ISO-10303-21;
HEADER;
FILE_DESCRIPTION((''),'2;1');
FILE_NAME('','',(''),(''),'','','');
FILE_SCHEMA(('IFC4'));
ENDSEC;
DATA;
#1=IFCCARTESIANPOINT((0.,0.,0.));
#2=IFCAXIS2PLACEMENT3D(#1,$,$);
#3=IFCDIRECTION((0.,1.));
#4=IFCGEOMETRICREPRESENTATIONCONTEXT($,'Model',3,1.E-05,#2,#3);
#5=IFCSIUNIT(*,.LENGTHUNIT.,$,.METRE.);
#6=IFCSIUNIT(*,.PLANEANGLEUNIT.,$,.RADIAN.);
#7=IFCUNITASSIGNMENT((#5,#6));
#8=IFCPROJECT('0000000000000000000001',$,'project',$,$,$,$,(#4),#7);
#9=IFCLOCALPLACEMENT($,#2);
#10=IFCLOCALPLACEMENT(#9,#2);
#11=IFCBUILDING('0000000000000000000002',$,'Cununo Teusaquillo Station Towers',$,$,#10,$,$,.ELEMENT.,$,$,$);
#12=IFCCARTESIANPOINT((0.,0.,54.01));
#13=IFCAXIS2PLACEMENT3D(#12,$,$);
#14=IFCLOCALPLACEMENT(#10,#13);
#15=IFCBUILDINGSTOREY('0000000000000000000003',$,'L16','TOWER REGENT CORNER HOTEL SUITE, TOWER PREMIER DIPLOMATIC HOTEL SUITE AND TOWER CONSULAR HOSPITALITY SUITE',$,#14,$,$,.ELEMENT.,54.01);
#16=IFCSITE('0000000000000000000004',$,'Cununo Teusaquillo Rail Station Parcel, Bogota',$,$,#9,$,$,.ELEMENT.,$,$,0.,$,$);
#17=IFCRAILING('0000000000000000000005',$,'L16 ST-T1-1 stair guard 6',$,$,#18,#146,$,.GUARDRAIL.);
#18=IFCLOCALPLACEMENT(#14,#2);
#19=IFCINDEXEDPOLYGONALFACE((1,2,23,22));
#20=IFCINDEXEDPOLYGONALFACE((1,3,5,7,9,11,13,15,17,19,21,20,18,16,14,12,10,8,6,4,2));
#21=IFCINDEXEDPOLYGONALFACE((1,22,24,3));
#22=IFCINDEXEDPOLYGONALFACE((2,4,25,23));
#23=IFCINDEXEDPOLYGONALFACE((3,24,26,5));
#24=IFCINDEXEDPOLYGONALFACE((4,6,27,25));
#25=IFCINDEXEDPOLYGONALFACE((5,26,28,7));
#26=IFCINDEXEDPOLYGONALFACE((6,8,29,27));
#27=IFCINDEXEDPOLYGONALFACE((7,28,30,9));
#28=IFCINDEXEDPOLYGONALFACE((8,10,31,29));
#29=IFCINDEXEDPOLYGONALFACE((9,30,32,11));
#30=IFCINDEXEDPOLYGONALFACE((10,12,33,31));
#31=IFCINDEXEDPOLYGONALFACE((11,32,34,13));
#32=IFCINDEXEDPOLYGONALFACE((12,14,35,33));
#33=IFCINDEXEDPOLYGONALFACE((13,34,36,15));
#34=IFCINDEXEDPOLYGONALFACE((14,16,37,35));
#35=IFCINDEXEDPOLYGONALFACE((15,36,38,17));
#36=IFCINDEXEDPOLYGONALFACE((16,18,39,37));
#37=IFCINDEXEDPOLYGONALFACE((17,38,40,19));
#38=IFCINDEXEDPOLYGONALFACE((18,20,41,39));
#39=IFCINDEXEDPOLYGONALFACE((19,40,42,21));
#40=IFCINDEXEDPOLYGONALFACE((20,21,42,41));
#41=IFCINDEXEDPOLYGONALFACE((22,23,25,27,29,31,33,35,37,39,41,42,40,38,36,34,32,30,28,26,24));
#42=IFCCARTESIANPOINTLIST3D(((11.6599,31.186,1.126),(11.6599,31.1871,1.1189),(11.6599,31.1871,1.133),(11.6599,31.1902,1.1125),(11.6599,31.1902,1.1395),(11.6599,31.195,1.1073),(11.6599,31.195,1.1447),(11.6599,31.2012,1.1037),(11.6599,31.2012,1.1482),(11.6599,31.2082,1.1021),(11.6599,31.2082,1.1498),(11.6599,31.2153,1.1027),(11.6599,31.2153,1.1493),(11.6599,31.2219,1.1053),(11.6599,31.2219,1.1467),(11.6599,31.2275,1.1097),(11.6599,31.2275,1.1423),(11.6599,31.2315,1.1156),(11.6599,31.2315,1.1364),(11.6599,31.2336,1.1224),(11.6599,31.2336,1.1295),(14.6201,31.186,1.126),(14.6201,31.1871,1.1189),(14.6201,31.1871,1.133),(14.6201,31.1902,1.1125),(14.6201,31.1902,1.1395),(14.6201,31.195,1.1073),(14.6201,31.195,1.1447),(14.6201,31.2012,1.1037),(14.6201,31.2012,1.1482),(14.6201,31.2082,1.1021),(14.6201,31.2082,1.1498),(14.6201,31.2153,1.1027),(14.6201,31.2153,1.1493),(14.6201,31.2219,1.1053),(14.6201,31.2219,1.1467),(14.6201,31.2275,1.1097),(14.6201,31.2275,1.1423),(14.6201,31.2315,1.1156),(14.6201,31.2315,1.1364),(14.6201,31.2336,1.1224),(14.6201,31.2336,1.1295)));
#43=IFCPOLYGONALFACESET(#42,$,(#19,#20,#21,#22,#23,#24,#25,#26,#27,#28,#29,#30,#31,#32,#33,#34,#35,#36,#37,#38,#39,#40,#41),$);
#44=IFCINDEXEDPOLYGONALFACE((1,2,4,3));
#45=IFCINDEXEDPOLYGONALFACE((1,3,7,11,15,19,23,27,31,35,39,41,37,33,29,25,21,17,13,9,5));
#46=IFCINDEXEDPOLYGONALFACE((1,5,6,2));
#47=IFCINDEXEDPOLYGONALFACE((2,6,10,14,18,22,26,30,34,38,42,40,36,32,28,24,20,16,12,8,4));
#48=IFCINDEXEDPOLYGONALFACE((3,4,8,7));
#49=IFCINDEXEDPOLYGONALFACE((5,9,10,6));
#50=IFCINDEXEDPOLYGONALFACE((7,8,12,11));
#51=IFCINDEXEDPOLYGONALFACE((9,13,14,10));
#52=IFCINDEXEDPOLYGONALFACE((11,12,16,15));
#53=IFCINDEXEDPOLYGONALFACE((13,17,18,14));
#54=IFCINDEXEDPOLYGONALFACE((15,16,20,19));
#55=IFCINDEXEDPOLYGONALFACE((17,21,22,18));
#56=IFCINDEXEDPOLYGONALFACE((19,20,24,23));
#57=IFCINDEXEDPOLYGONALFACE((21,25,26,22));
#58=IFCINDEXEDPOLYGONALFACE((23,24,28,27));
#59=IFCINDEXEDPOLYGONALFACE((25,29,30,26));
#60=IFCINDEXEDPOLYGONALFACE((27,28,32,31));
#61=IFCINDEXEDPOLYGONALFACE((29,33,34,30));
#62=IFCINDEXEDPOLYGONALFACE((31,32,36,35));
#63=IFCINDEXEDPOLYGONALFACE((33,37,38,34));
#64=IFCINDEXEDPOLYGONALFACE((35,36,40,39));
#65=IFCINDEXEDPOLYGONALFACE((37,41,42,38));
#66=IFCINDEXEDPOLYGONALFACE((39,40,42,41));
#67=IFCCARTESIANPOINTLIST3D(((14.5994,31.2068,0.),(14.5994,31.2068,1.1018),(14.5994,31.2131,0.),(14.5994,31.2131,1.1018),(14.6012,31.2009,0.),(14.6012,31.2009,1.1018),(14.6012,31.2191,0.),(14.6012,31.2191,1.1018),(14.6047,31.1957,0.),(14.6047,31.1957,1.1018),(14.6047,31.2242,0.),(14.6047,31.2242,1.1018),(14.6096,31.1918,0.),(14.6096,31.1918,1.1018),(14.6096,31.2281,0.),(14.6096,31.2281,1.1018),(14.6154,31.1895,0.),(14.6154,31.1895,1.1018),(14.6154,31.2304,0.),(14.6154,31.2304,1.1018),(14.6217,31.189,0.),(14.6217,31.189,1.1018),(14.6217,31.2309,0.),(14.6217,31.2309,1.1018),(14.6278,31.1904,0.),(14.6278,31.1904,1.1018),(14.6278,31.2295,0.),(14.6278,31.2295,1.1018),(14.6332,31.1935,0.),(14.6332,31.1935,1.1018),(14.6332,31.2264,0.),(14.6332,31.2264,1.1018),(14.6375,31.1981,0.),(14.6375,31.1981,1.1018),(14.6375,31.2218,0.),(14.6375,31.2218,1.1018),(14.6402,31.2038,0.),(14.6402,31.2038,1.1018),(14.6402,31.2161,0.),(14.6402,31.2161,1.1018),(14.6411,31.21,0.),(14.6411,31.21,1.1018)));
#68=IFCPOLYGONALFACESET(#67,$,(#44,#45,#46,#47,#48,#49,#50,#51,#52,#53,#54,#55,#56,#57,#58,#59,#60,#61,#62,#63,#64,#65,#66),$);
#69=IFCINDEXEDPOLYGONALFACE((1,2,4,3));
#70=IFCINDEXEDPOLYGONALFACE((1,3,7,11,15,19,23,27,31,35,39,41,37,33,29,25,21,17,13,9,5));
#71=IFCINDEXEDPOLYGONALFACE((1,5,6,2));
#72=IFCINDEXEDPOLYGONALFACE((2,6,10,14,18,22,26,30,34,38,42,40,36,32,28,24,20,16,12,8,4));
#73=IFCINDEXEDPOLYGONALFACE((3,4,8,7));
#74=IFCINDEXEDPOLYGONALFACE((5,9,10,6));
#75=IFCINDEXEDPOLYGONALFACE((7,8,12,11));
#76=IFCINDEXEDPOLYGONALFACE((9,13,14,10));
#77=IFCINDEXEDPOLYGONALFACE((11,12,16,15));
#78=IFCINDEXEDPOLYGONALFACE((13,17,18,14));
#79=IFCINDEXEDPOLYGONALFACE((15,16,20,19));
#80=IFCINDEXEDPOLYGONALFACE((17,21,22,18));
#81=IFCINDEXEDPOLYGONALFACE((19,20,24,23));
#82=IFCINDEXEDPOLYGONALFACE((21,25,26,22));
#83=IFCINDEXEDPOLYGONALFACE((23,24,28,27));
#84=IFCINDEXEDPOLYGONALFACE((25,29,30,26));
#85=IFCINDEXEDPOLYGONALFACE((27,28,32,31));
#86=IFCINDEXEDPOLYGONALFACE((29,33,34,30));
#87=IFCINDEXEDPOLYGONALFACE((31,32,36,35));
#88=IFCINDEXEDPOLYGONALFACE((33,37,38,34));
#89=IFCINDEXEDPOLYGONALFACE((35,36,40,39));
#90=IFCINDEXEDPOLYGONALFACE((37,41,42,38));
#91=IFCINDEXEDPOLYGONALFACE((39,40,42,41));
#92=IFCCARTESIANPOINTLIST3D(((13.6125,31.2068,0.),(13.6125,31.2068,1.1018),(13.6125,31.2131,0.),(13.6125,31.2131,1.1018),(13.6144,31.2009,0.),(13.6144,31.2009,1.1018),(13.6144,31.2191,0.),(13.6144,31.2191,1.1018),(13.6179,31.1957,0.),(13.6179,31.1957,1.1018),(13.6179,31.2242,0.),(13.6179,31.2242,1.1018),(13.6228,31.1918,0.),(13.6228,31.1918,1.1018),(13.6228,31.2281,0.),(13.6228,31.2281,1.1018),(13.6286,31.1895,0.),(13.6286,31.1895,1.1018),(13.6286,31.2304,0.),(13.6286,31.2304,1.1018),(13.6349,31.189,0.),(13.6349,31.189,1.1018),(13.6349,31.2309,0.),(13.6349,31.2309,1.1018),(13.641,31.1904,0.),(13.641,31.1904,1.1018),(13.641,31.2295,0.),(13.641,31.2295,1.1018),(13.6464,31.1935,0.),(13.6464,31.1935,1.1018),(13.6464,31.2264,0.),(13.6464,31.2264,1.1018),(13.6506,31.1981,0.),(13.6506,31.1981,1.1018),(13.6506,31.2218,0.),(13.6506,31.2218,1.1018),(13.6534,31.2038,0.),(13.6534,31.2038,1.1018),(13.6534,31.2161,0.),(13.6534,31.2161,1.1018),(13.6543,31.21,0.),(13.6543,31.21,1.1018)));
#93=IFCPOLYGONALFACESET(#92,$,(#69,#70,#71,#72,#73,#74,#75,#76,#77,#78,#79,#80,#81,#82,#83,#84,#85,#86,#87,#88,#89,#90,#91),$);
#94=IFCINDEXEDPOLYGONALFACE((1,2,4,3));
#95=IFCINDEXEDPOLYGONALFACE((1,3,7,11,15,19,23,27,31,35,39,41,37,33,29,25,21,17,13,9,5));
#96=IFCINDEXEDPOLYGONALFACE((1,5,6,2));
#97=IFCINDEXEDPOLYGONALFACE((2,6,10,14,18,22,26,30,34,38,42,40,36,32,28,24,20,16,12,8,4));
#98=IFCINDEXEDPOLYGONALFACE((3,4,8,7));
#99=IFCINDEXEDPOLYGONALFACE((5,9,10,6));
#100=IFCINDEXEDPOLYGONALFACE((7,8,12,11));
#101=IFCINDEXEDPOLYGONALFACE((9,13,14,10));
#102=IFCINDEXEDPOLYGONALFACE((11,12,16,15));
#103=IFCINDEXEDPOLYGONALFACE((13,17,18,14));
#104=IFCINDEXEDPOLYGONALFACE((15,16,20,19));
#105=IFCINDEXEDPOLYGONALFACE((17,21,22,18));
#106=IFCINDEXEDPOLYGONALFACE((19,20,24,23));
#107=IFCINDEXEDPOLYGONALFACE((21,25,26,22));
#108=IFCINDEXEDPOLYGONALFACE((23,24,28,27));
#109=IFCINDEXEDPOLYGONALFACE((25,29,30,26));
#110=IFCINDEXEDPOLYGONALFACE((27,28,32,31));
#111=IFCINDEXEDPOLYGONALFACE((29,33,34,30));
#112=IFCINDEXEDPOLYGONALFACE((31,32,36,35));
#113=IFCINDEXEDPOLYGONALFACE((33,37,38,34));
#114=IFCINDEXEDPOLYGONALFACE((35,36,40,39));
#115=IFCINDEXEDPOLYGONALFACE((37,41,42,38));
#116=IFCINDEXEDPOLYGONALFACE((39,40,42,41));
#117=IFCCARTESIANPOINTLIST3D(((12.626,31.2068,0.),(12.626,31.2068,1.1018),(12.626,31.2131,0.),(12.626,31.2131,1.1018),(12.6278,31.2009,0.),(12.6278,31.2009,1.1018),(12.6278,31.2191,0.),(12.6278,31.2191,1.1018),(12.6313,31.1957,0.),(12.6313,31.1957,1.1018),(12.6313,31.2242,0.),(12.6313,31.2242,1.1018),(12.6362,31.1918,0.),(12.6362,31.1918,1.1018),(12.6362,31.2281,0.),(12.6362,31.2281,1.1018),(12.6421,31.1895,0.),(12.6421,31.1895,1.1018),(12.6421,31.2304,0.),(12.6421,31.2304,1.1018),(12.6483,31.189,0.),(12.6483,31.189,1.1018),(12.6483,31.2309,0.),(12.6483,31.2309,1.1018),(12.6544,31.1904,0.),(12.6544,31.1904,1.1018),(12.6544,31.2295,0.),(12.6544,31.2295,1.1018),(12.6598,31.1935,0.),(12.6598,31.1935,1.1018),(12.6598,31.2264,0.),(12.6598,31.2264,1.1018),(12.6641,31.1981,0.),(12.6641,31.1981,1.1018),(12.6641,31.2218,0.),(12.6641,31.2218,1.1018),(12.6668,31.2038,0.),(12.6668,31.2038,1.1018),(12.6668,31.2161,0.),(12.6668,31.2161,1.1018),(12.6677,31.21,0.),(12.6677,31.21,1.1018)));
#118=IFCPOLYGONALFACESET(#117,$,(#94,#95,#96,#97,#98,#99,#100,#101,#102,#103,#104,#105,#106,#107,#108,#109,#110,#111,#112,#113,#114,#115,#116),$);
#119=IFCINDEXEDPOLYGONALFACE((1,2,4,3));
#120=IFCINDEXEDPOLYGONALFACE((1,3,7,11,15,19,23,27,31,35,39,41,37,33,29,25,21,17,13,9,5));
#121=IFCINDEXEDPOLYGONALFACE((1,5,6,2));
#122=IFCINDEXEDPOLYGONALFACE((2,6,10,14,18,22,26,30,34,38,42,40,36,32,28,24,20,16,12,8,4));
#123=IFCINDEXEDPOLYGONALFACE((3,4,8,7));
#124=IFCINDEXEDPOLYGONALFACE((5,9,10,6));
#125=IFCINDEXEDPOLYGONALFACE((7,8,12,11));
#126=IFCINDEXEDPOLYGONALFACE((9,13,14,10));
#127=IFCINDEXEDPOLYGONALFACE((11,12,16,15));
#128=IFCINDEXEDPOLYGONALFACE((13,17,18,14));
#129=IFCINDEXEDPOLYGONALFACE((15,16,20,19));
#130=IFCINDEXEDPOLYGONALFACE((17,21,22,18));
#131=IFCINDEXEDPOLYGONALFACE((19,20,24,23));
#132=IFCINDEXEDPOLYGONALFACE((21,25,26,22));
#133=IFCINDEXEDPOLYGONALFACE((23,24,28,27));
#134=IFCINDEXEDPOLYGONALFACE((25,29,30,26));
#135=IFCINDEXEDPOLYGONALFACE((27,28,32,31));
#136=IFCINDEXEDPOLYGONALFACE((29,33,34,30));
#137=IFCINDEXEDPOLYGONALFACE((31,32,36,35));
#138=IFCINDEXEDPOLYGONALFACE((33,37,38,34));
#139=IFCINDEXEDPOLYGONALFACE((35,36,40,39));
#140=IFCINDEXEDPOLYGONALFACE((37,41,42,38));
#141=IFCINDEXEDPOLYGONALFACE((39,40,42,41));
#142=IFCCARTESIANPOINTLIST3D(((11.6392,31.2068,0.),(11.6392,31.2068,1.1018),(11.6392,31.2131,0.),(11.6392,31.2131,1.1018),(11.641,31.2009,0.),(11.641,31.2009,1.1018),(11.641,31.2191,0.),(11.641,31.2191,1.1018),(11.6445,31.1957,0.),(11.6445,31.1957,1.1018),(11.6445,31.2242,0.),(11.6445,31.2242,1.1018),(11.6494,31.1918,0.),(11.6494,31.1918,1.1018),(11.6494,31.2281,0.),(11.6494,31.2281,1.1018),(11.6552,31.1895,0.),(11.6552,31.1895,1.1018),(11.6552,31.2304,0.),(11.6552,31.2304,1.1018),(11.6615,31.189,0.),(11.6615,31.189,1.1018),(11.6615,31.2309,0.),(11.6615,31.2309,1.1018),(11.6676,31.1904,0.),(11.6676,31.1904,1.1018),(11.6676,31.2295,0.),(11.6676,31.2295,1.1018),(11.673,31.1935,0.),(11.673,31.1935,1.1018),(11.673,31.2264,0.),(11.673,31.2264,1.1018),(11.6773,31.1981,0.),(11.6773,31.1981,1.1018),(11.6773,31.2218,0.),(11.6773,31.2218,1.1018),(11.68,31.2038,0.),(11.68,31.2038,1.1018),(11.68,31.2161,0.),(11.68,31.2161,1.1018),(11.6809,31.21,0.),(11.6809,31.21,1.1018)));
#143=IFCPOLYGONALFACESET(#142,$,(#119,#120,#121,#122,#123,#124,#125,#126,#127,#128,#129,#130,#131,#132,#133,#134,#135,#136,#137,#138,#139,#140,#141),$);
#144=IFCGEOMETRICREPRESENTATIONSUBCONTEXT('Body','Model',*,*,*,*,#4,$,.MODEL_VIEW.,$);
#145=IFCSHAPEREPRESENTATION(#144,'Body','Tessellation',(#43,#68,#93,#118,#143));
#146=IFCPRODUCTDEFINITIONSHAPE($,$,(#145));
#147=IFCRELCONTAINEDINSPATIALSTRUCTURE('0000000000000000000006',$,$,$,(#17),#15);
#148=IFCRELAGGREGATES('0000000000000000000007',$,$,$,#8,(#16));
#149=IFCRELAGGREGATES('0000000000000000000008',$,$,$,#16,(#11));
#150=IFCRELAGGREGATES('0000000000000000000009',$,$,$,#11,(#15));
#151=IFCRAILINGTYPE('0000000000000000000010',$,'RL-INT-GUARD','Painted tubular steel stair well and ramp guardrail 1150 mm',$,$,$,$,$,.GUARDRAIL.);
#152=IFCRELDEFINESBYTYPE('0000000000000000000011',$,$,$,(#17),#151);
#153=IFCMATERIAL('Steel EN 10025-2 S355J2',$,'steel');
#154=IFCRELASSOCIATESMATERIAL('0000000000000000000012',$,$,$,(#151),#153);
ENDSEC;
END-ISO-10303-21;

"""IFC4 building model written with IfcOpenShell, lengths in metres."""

from ifc_helpers import new_model, si_unit, direction, frame, origin, origin_2d, place, context, subcontext, project, spatial, circle, extrude, material, type_object, element, save


model = new_model("IFC4")

# Units and contexts
model_context = context("Model", 3, precision=1e-05, world=origin(), true_north=direction((0.0, 1.0)))
body_context = subcontext(model_context, "Body", "Model", "MODEL_VIEW")
ifc_project = project(units=[si_unit("LENGTHUNIT", "METRE"), si_unit("PLANEANGLEUNIT", "RADIAN")], contexts=[model_context])

# Site, building, storey
site_placement = place(None, origin())
site = spatial("IfcSite", under=ifc_project, at=site_placement, Name="Cununo Teusaquillo Rail Station Parcel, Bogota", CompositionType="ELEMENT", RefElevation=0.0)
building_placement = place(site_placement, origin())
building = spatial("IfcBuilding", under=site, at=building_placement, Name="Cununo Teusaquillo Station Towers", CompositionType="ELEMENT")
storey_placement = place(building_placement, frame((0.0, 0.0, 54.01)))
storey = spatial("IfcBuildingStorey", under=building, at=storey_placement, Name="L16", Description="TOWER REGENT CORNER HOTEL SUITE, TOWER PREMIER DIPLOMATIC HOTEL SUITE AND TOWER CONSULAR HOSPITALITY SUITE", CompositionType="ELEMENT", Elevation=54.01)

# Railing
ifc_material_1 = material(Name="Steel EN 10025-2 S355J2", Category="steel")
railing_type_1 = type_object("IfcRailingType", Name="RL-INT-GUARD", Description="Painted tubular steel stair well and ramp guardrail 1150 mm", PredefinedType="GUARDRAIL", material=ifc_material_1)
railing_1_placement = place(storey_placement, frame((14.6201, 31.21, 0.0)))
element("IfcRailing", 1, at=railing_1_placement, inside=storey, type_object=railing_type_1, Name="L16 ST-T1-1 stair guard 6", PredefinedType="GUARDRAIL", context=body_context, shape_type="SweptSolid", body=[
    extrude(circle(Radius=0.0239, at=origin_2d()), frame((0.0, 0.0, 1.126), z_axis=(-1.0, 0.0, 0.0), x_axis=(0.0, -1.0, 0.0)), (0.0, 0.0, 1.0), 2.9602),
    extrude(circle(Radius=0.021, at=origin_2d()), origin(), (0.0, 0.0, 1.0), 1.1018),
    extrude(circle(Radius=0.021, at=origin_2d()), frame((-0.9868, 0.0, 0.0)), (0.0, 0.0, 1.0), 1.1018),
    extrude(circle(Radius=0.021, at=origin_2d()), frame((-1.9734, 0.0, 0.0)), (0.0, 0.0, 1.0), 1.1018),
    extrude(circle(Radius=0.021, at=origin_2d()), frame((-2.9602, 0.0, 0.0)), (0.0, 0.0, 1.0), 1.1018),
])

save(model, "model.ifc")
